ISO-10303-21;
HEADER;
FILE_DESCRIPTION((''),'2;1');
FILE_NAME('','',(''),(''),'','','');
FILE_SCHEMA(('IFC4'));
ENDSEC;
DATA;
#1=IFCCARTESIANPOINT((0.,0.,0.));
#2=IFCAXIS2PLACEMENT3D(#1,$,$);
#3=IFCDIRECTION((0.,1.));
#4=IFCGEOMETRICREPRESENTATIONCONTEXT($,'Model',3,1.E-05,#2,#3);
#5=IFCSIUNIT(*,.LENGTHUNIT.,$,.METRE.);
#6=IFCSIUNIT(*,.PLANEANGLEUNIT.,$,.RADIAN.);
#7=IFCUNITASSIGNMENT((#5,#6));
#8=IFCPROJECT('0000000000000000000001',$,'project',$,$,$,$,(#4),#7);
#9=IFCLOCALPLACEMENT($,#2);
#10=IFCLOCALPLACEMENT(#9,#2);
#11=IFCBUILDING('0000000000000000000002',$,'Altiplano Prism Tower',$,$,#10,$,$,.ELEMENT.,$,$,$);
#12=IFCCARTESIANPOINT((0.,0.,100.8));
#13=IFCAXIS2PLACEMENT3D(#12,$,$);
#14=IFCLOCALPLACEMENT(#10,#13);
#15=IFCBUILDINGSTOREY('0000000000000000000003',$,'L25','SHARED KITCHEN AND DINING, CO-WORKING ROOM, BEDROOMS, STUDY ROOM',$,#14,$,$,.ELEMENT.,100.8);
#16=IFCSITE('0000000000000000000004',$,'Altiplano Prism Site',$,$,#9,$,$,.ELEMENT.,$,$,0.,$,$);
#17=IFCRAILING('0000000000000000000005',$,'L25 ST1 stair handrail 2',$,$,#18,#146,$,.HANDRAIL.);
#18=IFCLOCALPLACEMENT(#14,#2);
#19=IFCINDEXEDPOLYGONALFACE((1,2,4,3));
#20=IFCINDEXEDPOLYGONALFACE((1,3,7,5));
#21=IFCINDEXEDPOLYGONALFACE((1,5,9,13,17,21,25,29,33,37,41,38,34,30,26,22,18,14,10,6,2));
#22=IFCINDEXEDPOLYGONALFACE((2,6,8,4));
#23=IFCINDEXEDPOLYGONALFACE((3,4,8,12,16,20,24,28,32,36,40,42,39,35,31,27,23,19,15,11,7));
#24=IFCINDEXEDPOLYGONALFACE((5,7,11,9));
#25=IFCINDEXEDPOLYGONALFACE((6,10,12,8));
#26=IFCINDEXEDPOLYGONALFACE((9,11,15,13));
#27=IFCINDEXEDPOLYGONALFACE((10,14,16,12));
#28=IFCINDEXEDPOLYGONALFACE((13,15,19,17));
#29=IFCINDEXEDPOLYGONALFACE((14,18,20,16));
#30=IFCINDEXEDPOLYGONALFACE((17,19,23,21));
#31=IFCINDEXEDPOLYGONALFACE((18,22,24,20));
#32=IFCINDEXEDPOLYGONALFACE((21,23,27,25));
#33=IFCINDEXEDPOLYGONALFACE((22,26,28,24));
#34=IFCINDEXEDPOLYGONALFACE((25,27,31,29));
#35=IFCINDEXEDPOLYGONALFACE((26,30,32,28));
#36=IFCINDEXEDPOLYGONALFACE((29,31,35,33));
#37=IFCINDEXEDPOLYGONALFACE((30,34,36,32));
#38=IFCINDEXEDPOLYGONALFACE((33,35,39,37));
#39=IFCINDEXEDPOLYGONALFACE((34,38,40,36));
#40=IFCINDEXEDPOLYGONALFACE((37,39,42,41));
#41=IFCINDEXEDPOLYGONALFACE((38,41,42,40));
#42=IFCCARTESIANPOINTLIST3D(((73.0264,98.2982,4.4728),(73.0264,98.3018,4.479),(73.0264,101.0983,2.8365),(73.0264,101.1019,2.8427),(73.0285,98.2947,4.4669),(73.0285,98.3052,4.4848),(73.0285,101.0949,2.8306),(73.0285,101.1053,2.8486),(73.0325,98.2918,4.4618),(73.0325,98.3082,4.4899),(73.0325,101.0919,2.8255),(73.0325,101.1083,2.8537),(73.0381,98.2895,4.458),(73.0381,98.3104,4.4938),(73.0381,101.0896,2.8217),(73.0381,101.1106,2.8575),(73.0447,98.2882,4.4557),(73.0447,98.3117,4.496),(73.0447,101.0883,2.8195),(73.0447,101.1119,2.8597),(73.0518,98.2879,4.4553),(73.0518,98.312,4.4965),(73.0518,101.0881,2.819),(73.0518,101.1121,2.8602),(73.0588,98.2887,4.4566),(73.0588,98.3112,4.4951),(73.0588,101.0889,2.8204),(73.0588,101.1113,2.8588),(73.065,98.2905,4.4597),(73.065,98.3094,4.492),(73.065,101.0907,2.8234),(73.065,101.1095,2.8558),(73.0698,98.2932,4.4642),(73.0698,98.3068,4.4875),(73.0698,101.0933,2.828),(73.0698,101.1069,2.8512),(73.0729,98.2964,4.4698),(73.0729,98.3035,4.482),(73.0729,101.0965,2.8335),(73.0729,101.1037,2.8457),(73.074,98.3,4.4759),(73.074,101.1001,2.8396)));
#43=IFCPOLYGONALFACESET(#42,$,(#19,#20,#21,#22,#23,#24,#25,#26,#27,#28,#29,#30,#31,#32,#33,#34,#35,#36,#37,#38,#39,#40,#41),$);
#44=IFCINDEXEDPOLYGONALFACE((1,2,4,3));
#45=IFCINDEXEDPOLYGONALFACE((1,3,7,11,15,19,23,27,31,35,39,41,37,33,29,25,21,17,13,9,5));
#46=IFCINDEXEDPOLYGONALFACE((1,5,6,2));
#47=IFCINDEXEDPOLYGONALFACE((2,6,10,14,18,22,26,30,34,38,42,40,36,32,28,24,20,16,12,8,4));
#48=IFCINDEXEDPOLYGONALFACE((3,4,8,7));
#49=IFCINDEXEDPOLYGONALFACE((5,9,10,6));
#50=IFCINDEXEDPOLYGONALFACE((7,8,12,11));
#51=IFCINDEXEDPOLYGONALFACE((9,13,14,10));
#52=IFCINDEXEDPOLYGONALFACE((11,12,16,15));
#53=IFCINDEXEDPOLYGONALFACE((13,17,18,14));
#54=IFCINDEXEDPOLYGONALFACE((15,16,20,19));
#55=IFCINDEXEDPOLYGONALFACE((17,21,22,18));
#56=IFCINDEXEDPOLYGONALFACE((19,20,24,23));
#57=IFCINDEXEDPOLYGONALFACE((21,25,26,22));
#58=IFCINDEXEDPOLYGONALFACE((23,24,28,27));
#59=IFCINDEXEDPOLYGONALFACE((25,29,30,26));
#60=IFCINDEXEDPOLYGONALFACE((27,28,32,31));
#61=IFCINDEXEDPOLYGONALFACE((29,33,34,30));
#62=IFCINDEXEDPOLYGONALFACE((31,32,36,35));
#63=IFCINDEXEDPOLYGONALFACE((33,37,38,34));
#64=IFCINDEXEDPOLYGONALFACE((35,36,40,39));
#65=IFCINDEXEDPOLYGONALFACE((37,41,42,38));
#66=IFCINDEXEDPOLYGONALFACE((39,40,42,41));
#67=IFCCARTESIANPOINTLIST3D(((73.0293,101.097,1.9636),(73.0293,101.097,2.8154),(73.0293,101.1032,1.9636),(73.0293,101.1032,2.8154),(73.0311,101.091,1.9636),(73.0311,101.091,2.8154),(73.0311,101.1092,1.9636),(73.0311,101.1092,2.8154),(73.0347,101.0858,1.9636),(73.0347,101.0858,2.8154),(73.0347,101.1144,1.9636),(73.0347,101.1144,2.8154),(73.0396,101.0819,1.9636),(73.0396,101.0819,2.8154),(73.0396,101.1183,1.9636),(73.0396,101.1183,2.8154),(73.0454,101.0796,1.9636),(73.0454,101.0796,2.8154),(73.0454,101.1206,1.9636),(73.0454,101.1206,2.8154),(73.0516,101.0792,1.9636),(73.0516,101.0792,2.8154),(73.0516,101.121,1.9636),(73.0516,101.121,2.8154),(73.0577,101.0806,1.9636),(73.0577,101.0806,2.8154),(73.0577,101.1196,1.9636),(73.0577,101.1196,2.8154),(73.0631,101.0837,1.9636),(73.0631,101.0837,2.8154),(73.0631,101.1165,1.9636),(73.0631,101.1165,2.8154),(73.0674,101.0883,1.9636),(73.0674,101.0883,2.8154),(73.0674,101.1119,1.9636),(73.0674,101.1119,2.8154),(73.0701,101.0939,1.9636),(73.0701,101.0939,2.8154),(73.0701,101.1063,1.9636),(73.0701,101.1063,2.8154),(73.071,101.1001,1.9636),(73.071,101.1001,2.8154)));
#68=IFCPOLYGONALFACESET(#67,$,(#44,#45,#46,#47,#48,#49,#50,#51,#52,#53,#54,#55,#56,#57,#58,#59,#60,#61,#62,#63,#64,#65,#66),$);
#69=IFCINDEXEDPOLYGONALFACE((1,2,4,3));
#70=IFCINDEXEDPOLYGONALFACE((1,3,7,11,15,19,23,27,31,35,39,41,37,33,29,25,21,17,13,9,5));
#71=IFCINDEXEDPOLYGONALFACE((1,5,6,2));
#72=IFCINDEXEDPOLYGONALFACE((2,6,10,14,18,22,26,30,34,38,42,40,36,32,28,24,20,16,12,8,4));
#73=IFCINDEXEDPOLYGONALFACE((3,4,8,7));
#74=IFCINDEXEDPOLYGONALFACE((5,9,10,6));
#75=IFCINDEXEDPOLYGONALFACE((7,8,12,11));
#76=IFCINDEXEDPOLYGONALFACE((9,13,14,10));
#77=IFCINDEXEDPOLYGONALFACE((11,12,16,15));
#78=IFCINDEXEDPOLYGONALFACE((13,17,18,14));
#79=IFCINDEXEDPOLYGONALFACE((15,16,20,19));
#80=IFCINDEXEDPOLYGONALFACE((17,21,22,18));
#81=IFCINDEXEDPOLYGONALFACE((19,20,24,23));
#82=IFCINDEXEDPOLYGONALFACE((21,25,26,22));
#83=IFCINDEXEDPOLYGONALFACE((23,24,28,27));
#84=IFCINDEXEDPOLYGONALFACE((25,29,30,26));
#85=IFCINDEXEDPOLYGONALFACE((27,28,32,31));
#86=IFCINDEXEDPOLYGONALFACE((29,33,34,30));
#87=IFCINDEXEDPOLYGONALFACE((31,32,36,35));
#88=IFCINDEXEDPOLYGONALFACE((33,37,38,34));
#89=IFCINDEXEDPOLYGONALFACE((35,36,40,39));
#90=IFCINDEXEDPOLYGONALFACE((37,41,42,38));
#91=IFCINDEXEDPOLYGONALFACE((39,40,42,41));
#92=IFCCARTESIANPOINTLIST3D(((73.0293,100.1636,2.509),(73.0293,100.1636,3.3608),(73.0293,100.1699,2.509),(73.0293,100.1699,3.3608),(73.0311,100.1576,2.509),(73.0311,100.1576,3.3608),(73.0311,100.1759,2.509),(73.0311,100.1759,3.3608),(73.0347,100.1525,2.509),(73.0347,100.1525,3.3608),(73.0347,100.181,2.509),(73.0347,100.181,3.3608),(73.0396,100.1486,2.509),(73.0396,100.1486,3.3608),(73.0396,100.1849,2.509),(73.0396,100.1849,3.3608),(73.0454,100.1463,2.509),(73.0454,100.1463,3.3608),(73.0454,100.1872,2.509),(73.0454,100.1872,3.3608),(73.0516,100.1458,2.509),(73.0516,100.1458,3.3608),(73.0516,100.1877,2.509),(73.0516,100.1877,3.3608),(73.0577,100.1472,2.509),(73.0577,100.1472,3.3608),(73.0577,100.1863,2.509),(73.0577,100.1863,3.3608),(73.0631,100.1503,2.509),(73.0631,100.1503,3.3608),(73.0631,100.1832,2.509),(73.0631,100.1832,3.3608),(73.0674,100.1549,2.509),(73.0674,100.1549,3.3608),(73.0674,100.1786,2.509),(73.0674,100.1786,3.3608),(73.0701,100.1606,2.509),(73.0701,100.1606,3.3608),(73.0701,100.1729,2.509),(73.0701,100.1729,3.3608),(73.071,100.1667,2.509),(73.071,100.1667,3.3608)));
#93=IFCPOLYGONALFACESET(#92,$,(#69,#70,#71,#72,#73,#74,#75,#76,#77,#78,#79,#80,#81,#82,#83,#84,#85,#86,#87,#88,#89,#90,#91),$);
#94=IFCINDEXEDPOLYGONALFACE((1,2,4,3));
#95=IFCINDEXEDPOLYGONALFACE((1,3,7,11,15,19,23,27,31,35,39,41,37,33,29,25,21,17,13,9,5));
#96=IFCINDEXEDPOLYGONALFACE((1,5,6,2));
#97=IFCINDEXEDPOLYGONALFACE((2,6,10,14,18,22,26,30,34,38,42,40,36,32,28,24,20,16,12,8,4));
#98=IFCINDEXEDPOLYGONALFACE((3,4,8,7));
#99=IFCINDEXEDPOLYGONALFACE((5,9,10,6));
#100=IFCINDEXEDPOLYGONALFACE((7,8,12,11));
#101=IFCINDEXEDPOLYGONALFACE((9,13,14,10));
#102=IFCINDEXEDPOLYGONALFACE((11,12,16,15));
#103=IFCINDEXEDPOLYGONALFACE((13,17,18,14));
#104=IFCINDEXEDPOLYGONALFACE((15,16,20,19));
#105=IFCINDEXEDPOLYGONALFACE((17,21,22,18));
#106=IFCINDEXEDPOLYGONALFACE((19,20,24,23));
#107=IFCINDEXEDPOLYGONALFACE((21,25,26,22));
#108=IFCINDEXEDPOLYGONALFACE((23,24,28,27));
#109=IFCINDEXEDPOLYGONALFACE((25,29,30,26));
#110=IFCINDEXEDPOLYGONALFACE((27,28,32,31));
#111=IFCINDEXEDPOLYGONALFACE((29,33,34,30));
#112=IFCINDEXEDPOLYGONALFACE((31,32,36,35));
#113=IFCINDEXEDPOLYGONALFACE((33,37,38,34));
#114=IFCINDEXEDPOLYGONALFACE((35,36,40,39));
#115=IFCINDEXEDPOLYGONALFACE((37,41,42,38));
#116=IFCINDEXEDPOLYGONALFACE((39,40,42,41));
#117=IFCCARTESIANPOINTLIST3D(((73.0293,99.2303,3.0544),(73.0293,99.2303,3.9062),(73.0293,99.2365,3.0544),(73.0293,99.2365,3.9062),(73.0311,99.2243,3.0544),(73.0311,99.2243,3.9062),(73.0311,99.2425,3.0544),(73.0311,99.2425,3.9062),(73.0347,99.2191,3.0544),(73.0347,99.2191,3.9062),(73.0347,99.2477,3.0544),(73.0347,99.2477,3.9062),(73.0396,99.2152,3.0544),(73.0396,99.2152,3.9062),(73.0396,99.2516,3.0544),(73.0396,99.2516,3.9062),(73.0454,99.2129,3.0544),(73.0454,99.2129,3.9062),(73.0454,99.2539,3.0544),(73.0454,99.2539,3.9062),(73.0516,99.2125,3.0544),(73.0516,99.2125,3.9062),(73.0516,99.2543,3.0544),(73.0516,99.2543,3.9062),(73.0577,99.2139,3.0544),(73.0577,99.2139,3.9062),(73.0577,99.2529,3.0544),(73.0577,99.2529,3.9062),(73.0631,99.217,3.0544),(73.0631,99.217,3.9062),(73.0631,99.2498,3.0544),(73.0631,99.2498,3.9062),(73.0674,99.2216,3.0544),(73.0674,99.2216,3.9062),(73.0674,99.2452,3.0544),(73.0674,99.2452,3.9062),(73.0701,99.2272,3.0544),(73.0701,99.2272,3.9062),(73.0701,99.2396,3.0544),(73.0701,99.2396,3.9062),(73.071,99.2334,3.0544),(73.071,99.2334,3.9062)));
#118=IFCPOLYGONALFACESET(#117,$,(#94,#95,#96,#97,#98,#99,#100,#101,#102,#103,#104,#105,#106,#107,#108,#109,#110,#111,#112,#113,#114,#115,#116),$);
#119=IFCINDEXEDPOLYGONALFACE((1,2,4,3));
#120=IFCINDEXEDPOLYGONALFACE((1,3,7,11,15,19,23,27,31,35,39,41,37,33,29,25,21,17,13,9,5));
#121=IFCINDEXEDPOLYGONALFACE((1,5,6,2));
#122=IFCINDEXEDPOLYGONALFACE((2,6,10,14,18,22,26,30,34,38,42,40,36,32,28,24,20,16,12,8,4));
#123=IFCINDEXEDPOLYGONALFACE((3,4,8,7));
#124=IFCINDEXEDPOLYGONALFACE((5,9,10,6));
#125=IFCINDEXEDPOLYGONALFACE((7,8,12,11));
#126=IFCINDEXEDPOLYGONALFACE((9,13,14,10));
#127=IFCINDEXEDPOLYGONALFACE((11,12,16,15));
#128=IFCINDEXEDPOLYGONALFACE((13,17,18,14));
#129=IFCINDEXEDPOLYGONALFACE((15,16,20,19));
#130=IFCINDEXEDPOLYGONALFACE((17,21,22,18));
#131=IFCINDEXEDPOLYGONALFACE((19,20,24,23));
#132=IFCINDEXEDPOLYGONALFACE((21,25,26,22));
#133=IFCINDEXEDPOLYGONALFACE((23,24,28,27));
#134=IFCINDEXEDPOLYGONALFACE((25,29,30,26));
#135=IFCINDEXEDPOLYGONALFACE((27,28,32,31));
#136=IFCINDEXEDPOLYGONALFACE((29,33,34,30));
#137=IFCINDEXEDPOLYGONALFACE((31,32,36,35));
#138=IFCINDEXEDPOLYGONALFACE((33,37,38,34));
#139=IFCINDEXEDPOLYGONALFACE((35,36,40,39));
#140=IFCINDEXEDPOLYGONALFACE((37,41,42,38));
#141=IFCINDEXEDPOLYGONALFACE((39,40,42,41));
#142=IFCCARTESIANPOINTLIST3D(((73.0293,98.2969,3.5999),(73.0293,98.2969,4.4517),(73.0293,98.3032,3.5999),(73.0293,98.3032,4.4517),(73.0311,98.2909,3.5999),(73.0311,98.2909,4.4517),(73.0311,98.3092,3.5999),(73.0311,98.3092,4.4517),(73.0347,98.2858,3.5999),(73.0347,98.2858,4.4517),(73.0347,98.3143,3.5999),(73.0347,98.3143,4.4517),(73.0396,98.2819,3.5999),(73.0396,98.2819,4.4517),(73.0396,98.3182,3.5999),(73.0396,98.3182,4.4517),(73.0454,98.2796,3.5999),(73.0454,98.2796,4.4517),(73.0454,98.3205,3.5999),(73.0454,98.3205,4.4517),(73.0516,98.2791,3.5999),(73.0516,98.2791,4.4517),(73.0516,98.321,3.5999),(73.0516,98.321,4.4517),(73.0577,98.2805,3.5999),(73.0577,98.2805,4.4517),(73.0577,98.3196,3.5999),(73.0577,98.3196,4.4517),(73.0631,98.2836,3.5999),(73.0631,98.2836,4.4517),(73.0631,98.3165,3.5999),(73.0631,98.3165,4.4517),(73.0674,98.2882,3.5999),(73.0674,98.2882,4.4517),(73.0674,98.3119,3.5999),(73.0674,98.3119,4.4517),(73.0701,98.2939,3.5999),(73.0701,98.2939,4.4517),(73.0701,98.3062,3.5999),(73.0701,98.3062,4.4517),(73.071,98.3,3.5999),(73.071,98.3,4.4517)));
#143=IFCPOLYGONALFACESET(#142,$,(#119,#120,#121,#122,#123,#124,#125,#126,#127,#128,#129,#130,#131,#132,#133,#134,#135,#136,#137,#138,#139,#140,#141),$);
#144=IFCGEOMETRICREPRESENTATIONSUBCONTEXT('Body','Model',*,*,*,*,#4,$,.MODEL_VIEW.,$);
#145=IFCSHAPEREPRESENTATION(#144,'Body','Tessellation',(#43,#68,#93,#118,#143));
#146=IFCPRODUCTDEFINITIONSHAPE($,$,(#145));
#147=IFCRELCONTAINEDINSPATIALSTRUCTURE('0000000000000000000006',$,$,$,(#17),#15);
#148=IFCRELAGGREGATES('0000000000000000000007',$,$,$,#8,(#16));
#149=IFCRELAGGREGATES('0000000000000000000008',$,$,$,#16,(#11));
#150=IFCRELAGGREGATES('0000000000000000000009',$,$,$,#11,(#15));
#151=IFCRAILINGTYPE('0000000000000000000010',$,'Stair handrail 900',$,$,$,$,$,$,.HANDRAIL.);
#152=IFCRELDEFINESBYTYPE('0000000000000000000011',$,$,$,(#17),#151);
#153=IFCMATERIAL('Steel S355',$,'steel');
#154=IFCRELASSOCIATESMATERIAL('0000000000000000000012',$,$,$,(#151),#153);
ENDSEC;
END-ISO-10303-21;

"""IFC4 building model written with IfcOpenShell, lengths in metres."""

from ifc_helpers import new_model, si_unit, direction, frame, origin, origin_2d, place, context, subcontext, project, spatial, circle, extrude, material, type_object, element, save


model = new_model("IFC4")

# Units and contexts
model_context = context("Model", 3, precision=1e-05, world=origin(), true_north=direction((0.0, 1.0)))
body_context = subcontext(model_context, "Body", "Model", "MODEL_VIEW")
ifc_project = project(units=[si_unit("LENGTHUNIT", "METRE"), si_unit("PLANEANGLEUNIT", "RADIAN")], contexts=[model_context])

# Site, building, storey
site_placement = place(None, origin())
site = spatial("IfcSite", under=ifc_project, at=site_placement, Name="Altiplano Prism Site", CompositionType="ELEMENT", RefElevation=0.0)
building_placement = place(site_placement, origin())
building = spatial("IfcBuilding", under=site, at=building_placement, Name="Altiplano Prism Tower", CompositionType="ELEMENT")
storey_placement = place(building_placement, frame((0.0, 0.0, 100.8)))
storey = spatial("IfcBuildingStorey", under=building, at=storey_placement, Name="L25", Description="SHARED KITCHEN AND DINING, CO-WORKING ROOM, BEDROOMS, STUDY ROOM", CompositionType="ELEMENT", Elevation=100.8)

# Railing
ifc_material_1 = material(Name="Steel S355", Category="steel")
railing_type_1 = type_object("IfcRailingType", Name="Stair handrail 900", PredefinedType="HANDRAIL", material=ifc_material_1)
railing_1_placement = place(storey_placement, frame((73.05, 101.1001, 1.9636)))
element("IfcRailing", 1, at=railing_1_placement, inside=storey, type_object=railing_type_1, Name="L25 ST1 stair handrail 2", PredefinedType="HANDRAIL", context=body_context, shape_type="SweptSolid", body=[
    extrude(circle(Radius=0.0239, at=origin_2d()), frame((0.0, 0.0, 0.876), z_axis=(0.0, -0.863394, 0.504531), x_axis=(1.0, 0.0, 0.0)), (0.0, 0.0, 1.0), 3.2432),
    extrude(circle(Radius=0.021, at=origin_2d()), origin(), (0.0, 0.0, 1.0), 0.8518),
    extrude(circle(Radius=0.021, at=origin_2d()), frame((0.0, -0.9333, 0.5454)), (0.0, 0.0, 1.0), 0.8518),
    extrude(circle(Radius=0.021, at=origin_2d()), frame((0.0, -1.8667, 1.0908)), (0.0, 0.0, 1.0), 0.8518),
    extrude(circle(Radius=0.021, at=origin_2d()), frame((0.0, -2.8, 1.6362)), (0.0, 0.0, 1.0), 0.8518),
])

save(model, "model.ifc")
